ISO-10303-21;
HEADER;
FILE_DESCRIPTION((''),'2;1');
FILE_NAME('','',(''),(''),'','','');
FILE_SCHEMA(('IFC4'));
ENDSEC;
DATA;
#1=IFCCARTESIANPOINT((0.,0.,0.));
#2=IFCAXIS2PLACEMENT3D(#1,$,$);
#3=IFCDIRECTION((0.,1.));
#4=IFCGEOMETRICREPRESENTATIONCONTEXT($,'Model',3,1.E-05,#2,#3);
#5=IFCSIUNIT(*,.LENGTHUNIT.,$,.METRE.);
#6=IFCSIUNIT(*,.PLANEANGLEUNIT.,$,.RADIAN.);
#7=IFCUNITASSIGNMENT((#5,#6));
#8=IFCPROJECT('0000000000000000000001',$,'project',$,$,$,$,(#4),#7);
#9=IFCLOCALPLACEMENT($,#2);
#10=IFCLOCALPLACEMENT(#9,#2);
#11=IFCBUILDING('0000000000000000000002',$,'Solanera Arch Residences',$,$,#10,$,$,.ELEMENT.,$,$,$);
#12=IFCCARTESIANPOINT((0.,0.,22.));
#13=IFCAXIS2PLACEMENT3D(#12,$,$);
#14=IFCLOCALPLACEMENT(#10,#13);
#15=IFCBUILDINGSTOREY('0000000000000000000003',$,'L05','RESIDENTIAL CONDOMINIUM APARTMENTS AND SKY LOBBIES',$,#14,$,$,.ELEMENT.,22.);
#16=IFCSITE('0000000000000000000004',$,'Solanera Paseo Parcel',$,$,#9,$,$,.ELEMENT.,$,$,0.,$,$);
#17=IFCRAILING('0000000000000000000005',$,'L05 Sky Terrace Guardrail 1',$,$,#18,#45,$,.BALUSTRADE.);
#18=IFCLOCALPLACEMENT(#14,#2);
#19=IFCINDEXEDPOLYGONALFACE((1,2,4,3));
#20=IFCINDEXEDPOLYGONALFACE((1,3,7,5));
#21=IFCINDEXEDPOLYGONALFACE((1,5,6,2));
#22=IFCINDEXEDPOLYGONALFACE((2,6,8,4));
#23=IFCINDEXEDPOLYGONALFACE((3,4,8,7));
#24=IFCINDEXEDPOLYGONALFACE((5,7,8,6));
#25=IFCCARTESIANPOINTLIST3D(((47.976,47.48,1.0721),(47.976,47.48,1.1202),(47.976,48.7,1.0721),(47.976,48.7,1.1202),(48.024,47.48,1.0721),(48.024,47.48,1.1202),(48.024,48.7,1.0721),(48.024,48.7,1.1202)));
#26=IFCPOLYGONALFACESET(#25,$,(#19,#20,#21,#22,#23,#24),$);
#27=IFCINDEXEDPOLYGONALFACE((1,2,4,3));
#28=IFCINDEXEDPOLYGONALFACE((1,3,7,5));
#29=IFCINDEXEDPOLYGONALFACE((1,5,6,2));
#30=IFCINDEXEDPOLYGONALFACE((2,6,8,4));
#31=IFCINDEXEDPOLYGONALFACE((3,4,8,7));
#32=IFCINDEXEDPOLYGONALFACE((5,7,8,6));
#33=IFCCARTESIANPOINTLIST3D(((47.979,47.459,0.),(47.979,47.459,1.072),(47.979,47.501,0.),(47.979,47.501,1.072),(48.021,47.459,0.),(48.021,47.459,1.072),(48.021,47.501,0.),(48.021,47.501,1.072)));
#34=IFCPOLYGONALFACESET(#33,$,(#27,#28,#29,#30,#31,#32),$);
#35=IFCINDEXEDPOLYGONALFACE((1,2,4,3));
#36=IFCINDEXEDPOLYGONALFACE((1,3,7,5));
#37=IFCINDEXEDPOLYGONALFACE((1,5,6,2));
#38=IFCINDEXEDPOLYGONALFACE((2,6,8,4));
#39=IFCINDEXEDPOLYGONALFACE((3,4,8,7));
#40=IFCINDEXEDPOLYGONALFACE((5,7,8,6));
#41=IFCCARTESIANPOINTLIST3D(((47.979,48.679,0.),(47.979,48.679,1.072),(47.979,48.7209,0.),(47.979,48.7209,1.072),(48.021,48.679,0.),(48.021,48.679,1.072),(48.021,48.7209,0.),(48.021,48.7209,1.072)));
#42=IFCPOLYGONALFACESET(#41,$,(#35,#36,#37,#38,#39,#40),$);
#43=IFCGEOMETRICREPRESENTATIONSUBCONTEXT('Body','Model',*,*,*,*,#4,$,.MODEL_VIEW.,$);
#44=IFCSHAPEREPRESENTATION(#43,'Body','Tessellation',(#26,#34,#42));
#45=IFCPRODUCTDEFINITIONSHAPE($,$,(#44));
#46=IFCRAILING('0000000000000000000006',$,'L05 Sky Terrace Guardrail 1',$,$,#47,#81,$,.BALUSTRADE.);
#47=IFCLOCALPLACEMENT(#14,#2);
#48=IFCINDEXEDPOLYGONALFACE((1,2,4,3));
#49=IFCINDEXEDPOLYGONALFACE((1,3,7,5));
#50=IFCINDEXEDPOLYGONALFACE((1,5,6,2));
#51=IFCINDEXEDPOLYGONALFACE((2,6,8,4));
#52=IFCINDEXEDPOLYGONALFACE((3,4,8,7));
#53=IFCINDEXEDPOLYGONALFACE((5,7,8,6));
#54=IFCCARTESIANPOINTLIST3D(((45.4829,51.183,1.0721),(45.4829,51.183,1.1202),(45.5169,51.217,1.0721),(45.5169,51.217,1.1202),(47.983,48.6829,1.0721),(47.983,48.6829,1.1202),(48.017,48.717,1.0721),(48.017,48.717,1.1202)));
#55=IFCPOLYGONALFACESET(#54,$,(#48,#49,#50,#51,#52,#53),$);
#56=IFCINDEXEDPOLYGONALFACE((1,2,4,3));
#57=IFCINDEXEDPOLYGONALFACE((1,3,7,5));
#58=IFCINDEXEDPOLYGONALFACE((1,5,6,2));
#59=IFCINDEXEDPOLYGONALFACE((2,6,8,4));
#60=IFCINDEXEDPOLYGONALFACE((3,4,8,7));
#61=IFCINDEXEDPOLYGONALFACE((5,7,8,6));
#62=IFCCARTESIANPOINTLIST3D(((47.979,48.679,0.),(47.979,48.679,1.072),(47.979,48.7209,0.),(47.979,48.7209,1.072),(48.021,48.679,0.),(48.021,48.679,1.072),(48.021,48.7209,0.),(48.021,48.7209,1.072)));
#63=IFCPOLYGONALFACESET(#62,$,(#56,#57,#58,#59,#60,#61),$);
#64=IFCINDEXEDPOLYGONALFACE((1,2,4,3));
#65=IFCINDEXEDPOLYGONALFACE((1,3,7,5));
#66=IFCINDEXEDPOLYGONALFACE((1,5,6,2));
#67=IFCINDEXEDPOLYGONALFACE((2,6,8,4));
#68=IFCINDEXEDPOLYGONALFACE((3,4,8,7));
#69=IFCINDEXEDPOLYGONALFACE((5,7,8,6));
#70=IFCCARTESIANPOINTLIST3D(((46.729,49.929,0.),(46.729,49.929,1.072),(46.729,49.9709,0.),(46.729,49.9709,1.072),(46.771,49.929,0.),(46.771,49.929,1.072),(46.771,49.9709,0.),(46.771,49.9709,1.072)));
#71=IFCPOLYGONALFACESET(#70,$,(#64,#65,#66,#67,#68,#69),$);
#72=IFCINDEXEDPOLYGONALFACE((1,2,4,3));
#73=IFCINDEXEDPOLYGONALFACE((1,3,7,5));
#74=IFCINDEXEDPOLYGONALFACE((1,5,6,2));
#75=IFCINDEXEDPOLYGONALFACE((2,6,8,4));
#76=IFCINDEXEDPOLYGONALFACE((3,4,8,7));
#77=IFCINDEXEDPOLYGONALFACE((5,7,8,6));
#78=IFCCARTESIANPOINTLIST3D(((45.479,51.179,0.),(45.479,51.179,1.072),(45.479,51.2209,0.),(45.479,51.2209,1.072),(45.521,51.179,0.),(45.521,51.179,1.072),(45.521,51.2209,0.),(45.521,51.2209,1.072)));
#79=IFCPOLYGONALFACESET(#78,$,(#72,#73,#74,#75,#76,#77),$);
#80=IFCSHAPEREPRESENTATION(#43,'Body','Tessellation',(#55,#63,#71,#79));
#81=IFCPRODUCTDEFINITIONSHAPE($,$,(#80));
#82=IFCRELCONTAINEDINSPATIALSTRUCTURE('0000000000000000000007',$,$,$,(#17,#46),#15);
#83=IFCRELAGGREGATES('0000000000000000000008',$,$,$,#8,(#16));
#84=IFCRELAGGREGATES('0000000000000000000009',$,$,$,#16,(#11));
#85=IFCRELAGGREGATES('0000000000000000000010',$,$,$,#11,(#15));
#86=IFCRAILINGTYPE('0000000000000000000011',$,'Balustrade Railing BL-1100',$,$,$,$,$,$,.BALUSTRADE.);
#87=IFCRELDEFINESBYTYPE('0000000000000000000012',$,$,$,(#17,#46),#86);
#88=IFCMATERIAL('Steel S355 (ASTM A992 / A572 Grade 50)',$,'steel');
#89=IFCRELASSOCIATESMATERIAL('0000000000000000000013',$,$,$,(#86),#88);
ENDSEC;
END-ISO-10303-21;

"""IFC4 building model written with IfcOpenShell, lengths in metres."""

from ifc_helpers import new_model, si_unit, direction, frame, origin, origin_2d, place, context, subcontext, project, spatial, rectangle, extrude, material, type_object, element, save


model = new_model("IFC4")

# Units and contexts
model_context = context("Model", 3, precision=1e-05, world=origin(), true_north=direction((0.0, 1.0)))
body_context = subcontext(model_context, "Body", "Model", "MODEL_VIEW")
ifc_project = project(units=[si_unit("LENGTHUNIT", "METRE"), si_unit("PLANEANGLEUNIT", "RADIAN")], contexts=[model_context])

# Site, building, storey
site_placement = place(None, origin())
site = spatial("IfcSite", under=ifc_project, at=site_placement, Name="Solanera Paseo Parcel", CompositionType="ELEMENT", RefElevation=0.0)
building_placement = place(site_placement, origin())
building = spatial("IfcBuilding", under=site, at=building_placement, Name="Solanera Arch Residences", CompositionType="ELEMENT")
storey_placement = place(building_placement, frame((0.0, 0.0, 22.0)))
storey = spatial("IfcBuildingStorey", under=building, at=storey_placement, Name="L05", Description="RESIDENTIAL CONDOMINIUM APARTMENTS AND SKY LOBBIES", CompositionType="ELEMENT", Elevation=22.0)

# Railings
ifc_material_1 = material(Name="Steel S355 (ASTM A992 / A572 Grade 50)", Category="steel")
railing_type = type_object("IfcRailingType", Name="Balustrade Railing BL-1100", PredefinedType="BALUSTRADE", material=ifc_material_1)
railing_1_placement = place(storey_placement, frame((48.0, 47.48, 0.0)))
element("IfcRailing", 1, at=railing_1_placement, inside=storey, type_object=railing_type, Name="L05 Sky Terrace Guardrail 1", PredefinedType="BALUSTRADE", context=body_context, shape_type="SweptSolid", body=[
    extrude(rectangle(XDim=0.0481, YDim=0.0481, at=origin_2d()), frame((0.0, 0.0, 1.0962), z_axis=(0.0, 1.0, 0.0), x_axis=(-1.0, 0.0, 0.0)), (0.0, 0.0, 1.0), 1.22),
    extrude(rectangle(XDim=0.042, YDim=0.042, at=origin_2d()), origin(), (0.0, 0.0, 1.0), 1.072),
    extrude(rectangle(XDim=0.042, YDim=0.042, at=origin_2d()), frame((0.0, 1.22, 0.0)), (0.0, 0.0, 1.0), 1.072),
])
railing_2_placement = place(storey_placement, frame((48.0, 48.7, 0.0)))
element("IfcRailing", 2, at=railing_2_placement, inside=storey, type_object=railing_type, Name="L05 Sky Terrace Guardrail 1", PredefinedType="BALUSTRADE", context=body_context, shape_type="SweptSolid", body=[
    extrude(rectangle(XDim=0.0481, YDim=0.0481, at=origin_2d()), frame((0.0, 0.0, 1.0962), z_axis=(-0.707107, 0.707107, 0.0), x_axis=(-0.707107, -0.707107, 0.0)), (0.0, 0.0, 1.0), 3.5356),
    extrude(rectangle(XDim=0.042, YDim=0.042, at=origin_2d()), origin(), (0.0, 0.0, 1.0), 1.072),
    extrude(rectangle(XDim=0.042, YDim=0.042, at=origin_2d()), frame((-1.25, 1.25, 0.0)), (0.0, 0.0, 1.0), 1.072),
    extrude(rectangle(XDim=0.042, YDim=0.042, at=origin_2d()), frame((-2.5, 2.5, 0.0)), (0.0, 0.0, 1.0), 1.072),
])

save(model, "model.ifc")
